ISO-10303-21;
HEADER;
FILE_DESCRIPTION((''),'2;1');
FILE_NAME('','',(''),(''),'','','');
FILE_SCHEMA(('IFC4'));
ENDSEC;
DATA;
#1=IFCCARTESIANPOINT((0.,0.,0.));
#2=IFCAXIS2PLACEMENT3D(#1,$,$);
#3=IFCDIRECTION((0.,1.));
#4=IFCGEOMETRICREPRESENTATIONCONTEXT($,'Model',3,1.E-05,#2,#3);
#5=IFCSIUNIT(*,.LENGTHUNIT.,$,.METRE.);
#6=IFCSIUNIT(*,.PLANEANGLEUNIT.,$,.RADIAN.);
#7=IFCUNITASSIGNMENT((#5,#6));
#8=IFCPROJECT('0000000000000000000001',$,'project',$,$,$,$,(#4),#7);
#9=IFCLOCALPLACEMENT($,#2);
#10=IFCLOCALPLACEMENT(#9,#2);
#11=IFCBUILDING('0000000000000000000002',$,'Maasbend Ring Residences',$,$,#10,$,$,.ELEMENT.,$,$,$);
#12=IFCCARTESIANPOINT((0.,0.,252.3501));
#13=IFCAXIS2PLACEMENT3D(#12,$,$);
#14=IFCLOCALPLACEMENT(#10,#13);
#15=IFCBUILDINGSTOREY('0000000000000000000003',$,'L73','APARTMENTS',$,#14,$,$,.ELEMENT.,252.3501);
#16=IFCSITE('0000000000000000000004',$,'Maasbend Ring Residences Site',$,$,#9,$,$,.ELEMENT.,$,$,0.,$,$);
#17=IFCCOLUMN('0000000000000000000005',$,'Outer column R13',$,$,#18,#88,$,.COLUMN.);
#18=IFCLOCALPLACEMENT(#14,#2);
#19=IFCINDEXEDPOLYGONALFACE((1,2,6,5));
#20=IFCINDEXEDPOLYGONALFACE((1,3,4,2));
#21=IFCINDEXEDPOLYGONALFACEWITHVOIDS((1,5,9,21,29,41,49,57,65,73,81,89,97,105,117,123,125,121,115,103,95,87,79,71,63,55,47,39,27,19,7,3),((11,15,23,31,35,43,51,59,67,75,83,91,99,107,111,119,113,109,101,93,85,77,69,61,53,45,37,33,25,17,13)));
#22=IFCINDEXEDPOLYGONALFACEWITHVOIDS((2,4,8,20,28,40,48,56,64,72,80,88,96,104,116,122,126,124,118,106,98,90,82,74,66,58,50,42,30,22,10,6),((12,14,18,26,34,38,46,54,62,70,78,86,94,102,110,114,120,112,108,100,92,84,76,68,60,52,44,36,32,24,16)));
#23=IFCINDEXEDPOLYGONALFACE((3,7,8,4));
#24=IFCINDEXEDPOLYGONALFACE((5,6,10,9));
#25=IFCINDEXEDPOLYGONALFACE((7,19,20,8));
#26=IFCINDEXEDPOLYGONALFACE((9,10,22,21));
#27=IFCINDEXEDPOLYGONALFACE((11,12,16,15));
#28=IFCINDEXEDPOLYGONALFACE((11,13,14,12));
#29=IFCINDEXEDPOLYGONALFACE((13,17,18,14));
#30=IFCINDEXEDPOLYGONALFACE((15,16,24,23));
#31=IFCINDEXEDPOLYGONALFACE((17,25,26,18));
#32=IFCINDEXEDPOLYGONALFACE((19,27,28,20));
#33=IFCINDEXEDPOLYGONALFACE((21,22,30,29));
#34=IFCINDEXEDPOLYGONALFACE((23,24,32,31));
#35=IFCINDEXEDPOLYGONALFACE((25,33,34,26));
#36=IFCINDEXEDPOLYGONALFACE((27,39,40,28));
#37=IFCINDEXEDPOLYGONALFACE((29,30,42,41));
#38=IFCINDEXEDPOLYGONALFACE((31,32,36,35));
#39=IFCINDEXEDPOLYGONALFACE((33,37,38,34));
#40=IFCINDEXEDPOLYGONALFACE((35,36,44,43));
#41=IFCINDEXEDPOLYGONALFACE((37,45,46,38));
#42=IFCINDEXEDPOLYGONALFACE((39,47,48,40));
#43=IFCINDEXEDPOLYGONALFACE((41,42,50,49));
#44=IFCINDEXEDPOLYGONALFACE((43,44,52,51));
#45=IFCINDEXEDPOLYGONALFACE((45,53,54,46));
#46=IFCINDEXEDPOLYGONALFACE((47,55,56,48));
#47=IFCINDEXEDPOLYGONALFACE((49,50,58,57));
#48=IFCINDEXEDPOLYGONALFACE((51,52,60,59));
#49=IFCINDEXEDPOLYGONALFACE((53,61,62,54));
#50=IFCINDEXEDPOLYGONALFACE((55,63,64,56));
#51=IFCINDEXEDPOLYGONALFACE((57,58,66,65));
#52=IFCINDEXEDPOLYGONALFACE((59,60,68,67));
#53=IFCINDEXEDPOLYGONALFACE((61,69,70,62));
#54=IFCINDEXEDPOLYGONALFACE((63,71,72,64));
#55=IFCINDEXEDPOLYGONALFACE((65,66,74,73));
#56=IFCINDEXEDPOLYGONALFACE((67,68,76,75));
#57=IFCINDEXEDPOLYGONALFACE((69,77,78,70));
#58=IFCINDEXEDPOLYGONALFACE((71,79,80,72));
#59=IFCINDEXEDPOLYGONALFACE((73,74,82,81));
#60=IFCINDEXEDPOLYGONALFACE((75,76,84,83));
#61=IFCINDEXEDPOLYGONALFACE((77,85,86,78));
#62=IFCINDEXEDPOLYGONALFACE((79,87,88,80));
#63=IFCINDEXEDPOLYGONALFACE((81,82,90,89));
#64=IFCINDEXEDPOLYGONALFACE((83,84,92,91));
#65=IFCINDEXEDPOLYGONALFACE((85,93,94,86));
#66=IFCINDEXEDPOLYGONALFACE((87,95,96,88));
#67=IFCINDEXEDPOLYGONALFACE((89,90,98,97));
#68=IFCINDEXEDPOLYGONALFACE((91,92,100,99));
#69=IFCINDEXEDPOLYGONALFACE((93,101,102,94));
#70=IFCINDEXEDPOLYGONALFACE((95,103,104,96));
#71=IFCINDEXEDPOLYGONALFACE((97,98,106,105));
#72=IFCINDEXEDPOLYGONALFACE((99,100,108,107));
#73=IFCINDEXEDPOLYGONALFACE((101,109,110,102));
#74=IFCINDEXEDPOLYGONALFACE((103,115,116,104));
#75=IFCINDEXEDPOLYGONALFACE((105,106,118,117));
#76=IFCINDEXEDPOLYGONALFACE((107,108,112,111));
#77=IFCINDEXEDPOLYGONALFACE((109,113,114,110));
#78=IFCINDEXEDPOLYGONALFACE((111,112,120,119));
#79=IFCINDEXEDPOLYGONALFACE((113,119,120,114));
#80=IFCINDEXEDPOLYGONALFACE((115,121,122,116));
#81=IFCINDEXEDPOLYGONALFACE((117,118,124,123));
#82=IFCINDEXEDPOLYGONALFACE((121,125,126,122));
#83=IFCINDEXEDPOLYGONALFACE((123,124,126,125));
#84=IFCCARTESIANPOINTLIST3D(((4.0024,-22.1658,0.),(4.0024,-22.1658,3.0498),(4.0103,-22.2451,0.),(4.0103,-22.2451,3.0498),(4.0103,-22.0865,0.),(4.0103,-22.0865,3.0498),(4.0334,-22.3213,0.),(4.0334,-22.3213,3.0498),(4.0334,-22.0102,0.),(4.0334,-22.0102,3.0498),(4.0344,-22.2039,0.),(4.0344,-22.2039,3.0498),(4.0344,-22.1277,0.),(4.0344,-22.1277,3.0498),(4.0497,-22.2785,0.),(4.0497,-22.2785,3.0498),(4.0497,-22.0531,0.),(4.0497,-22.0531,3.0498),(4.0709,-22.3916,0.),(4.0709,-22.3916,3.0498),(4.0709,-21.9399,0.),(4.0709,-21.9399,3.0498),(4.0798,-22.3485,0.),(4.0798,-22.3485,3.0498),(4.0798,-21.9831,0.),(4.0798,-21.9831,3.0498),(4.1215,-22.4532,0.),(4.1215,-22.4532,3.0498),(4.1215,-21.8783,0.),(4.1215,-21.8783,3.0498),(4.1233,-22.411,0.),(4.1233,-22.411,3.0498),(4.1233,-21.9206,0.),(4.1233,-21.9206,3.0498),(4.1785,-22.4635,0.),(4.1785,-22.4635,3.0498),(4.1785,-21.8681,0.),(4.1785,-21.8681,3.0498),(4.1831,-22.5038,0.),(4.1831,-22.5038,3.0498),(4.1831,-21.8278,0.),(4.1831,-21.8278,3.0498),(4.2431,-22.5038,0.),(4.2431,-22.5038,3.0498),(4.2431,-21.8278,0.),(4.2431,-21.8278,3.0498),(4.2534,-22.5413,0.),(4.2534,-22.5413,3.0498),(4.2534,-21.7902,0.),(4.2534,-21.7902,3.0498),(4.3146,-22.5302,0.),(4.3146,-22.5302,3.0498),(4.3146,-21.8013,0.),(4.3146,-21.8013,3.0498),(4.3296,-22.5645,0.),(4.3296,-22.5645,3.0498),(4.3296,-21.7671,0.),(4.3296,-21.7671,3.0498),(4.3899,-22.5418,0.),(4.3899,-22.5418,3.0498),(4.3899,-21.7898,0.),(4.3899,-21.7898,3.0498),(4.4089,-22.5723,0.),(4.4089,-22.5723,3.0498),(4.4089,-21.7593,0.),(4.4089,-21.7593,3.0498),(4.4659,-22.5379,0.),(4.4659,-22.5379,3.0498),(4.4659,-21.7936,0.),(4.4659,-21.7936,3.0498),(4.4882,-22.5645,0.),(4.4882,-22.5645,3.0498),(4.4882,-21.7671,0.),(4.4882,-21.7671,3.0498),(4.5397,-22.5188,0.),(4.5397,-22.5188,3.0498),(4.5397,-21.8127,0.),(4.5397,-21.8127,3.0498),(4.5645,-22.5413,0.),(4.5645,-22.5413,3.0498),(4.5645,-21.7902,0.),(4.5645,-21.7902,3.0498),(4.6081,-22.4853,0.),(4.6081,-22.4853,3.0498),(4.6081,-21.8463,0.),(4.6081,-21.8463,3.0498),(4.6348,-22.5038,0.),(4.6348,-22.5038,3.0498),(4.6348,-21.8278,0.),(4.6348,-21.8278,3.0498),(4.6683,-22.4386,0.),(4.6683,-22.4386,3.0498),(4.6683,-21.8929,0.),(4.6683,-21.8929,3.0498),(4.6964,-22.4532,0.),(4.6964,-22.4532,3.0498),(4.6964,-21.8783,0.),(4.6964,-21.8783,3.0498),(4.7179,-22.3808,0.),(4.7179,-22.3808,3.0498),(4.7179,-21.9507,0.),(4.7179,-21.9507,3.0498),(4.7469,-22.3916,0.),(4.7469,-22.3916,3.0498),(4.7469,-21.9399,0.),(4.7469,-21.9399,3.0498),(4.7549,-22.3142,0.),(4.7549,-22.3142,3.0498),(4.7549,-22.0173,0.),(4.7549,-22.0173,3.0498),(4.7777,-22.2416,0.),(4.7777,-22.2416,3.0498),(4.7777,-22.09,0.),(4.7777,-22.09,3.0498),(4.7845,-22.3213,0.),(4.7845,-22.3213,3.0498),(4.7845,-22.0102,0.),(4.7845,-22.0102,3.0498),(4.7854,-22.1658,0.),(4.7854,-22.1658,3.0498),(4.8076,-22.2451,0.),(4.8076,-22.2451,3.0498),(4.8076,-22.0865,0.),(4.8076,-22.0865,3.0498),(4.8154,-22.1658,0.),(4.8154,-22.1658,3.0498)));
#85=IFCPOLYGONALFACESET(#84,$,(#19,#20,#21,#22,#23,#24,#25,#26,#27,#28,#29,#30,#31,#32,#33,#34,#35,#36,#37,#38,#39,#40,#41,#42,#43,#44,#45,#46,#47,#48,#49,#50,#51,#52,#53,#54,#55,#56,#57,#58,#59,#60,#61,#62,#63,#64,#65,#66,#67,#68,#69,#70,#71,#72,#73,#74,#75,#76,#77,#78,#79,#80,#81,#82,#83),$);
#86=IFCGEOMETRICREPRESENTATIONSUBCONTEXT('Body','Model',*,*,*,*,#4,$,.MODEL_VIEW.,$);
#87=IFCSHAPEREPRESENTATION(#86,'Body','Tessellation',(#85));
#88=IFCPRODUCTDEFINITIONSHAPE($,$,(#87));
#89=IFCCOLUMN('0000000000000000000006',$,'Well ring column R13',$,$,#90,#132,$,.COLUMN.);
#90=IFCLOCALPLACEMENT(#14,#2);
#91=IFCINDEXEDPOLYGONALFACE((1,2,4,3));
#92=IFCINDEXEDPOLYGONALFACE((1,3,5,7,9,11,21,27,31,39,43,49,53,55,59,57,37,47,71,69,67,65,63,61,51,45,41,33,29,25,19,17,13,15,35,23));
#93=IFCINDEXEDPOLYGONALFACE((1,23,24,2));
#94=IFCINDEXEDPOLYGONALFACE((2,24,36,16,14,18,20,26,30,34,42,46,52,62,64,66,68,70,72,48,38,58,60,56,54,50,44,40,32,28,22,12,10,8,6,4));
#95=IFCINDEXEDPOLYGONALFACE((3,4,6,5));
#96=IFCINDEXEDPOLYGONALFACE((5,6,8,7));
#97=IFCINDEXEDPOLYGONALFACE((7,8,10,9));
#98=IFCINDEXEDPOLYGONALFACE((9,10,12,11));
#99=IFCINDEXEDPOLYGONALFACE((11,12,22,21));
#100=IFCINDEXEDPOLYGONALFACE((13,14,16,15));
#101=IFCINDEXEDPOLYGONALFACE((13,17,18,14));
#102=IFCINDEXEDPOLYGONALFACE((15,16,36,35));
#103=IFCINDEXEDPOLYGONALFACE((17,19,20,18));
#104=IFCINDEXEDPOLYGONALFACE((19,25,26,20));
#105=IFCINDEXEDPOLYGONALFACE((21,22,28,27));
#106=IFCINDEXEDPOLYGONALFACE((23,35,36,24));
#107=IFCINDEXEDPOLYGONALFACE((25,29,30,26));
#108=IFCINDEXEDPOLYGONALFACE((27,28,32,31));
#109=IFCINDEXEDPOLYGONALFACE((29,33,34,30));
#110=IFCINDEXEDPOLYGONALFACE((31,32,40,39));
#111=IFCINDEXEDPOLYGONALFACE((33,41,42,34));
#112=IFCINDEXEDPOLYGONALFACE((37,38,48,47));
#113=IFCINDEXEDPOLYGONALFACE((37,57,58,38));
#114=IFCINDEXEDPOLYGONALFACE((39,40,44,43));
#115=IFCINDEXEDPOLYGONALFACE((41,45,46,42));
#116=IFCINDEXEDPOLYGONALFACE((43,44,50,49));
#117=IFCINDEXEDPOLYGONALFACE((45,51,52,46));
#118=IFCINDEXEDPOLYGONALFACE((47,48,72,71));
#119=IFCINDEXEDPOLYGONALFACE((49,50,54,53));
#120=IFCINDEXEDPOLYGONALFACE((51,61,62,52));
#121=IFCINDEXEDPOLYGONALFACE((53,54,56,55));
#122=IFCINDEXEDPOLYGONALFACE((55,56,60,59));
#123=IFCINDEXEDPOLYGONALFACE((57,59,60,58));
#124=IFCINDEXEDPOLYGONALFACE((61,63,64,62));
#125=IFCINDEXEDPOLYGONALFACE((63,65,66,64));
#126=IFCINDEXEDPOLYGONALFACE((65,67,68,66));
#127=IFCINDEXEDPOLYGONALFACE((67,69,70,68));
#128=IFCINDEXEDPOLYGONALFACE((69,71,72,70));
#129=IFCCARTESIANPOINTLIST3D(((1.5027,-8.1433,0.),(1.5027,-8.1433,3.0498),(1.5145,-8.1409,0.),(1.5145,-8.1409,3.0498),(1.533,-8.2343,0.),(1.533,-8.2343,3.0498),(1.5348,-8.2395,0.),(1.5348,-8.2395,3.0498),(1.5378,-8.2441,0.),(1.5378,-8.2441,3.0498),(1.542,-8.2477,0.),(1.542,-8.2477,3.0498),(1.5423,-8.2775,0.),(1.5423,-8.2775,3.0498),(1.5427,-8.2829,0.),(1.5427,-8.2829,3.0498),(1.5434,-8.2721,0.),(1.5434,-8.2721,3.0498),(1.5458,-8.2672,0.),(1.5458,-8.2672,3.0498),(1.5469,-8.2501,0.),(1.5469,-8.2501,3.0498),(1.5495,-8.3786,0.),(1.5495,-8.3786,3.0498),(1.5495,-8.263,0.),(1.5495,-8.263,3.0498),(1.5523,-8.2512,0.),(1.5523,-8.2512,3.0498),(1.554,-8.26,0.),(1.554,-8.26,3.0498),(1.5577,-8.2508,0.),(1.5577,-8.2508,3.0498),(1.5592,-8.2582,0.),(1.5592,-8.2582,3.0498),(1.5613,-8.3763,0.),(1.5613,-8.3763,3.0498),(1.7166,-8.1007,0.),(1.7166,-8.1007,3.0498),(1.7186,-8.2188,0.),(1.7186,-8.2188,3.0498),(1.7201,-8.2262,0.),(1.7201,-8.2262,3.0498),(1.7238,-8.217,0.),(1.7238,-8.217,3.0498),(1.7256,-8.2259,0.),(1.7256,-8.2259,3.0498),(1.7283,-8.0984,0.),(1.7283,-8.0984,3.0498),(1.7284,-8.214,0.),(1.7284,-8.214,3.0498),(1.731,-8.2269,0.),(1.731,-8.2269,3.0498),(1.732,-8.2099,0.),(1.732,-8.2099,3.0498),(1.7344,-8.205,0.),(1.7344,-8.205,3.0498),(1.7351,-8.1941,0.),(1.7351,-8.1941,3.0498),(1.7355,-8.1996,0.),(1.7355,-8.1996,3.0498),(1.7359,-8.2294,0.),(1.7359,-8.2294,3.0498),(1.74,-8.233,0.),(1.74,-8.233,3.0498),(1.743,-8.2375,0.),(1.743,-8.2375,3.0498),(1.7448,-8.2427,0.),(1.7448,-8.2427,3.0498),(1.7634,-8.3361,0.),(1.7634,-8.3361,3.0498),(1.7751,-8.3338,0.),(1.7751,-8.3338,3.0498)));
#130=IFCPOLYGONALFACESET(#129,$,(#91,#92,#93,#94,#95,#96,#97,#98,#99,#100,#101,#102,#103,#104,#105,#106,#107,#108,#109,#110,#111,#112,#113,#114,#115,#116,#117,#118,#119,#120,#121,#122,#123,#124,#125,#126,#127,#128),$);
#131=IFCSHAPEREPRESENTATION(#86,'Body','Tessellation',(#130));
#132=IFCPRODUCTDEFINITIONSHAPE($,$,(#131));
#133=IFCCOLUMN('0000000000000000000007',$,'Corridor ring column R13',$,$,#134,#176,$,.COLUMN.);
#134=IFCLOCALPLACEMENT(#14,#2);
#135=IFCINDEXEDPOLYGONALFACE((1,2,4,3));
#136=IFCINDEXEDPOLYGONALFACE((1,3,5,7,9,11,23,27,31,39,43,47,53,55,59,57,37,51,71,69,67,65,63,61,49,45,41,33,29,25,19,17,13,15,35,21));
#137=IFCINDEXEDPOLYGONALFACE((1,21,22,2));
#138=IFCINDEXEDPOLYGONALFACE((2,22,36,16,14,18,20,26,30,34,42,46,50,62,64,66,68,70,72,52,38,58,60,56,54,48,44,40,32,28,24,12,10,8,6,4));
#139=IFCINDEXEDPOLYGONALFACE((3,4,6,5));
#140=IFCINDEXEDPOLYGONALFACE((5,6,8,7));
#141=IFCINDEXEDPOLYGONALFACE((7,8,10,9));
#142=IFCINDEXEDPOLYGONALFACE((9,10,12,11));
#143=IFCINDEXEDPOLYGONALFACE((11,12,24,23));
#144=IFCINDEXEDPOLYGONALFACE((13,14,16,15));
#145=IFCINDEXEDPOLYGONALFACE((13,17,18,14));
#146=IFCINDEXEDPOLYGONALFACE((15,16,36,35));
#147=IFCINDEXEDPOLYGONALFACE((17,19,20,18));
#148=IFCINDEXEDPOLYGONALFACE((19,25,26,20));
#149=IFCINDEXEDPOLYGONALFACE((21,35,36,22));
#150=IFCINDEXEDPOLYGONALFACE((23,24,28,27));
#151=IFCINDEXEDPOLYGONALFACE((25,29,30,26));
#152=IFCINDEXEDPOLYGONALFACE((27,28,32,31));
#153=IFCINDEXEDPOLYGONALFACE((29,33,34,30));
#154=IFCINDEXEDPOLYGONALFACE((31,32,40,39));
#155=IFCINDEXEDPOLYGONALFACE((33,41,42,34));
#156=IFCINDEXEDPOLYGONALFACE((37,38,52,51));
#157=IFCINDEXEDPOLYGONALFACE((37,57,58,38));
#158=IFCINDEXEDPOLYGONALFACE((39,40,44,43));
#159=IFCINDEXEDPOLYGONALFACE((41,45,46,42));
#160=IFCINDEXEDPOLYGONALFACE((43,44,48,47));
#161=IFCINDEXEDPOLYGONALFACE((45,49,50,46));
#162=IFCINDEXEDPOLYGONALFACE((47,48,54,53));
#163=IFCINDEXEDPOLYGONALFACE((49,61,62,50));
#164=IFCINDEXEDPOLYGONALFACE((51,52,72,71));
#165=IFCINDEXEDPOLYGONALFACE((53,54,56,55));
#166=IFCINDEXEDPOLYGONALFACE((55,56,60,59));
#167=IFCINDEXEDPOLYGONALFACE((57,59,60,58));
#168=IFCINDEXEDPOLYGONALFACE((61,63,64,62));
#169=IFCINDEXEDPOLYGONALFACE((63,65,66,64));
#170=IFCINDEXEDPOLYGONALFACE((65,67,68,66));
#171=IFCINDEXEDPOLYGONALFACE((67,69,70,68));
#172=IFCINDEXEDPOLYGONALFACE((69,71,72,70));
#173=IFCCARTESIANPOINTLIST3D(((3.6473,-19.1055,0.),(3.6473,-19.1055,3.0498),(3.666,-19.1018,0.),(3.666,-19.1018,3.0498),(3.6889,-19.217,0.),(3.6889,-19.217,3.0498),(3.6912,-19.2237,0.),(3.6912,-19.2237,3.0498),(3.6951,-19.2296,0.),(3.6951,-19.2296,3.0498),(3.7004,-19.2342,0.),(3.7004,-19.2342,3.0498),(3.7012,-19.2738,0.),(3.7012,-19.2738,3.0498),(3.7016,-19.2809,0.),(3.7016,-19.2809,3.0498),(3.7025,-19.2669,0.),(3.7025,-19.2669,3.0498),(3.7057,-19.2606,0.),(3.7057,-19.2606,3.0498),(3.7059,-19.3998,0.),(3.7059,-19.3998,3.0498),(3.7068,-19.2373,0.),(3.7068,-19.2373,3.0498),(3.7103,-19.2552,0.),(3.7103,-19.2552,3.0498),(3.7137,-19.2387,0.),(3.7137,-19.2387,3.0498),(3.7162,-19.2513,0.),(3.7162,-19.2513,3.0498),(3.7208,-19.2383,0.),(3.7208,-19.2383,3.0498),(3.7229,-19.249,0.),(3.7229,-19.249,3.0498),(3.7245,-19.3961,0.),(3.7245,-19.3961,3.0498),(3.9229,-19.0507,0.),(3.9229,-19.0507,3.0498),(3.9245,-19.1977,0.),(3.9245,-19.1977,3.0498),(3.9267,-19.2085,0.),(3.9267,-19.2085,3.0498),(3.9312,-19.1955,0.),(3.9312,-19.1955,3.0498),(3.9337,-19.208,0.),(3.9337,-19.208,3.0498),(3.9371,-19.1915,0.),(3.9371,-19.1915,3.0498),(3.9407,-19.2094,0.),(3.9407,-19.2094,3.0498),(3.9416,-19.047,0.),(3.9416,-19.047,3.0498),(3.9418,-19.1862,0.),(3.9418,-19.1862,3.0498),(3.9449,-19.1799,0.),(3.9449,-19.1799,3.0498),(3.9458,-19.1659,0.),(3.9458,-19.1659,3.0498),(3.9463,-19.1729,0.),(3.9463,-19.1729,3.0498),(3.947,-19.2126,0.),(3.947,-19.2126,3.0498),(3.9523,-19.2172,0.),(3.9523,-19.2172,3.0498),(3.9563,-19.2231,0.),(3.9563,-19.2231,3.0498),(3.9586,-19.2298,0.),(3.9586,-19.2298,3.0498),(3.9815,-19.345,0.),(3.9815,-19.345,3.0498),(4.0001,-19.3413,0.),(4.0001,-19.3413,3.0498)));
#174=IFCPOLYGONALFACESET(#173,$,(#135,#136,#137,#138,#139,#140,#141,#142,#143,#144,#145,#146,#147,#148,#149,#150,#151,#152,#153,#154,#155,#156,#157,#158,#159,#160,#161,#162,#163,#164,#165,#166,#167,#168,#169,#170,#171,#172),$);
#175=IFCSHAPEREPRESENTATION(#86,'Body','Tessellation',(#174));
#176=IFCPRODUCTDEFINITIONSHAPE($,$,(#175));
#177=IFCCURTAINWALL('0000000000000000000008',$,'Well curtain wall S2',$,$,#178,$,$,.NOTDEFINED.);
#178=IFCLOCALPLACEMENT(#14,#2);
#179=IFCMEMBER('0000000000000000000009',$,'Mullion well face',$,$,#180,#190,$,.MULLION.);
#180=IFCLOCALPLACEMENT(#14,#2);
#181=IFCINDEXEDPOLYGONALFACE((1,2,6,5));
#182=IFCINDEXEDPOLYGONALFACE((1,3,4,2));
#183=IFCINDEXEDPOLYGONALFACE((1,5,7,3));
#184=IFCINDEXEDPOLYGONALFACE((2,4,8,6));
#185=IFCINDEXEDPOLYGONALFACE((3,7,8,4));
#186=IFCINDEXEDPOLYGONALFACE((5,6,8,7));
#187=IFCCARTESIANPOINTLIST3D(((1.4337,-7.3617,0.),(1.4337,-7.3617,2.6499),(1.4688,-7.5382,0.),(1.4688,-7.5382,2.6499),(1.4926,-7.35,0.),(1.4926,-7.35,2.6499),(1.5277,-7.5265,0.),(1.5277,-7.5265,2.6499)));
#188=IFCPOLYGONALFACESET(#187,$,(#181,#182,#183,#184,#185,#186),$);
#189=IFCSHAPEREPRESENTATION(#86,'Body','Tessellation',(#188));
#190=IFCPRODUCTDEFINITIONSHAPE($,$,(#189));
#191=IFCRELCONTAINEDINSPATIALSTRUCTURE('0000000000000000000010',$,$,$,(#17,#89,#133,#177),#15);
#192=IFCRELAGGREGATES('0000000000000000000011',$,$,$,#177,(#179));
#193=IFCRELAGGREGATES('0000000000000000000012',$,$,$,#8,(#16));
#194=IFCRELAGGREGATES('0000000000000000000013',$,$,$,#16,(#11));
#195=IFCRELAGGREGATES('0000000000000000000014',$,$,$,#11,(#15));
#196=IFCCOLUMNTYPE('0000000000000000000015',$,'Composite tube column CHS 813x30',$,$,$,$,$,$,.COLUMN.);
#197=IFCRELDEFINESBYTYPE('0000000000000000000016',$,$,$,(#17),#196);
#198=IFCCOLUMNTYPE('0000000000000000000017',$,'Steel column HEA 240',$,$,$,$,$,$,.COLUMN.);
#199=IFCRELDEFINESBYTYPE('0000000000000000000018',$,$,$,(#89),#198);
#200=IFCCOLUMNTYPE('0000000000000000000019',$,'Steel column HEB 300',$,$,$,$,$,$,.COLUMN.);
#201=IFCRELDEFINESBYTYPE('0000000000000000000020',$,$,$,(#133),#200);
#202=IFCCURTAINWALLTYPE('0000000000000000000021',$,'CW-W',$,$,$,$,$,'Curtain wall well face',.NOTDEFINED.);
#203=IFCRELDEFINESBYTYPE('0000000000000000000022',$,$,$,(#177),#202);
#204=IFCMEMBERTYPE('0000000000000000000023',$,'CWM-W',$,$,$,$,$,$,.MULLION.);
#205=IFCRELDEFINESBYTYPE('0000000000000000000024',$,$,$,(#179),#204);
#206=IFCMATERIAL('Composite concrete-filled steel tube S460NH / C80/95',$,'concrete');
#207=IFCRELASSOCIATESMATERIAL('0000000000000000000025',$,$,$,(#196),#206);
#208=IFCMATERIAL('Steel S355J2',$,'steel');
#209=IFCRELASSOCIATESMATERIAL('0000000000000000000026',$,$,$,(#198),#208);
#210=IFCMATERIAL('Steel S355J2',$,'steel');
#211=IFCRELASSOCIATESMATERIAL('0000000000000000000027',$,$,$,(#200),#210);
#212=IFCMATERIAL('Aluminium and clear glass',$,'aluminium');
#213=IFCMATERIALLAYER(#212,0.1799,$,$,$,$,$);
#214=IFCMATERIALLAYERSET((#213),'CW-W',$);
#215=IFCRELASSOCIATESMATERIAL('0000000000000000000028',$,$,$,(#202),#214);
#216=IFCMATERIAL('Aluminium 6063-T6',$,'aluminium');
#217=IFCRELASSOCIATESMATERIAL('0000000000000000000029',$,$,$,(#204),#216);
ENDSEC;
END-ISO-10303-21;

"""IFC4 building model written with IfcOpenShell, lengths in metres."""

from ifc_helpers import new_model, si_unit, direction, frame, origin, origin_2d, place, context, subcontext, project, spatial, rectangle, hollow_circle, i_section, extrude, material, layer, layer_set, material_profile, profile_set, type_object, element, aggregate, save


model = new_model("IFC4")

# Units and contexts
model_context = context("Model", 3, precision=1e-05, world=origin(), true_north=direction((0.0, 1.0)))
body_context = subcontext(model_context, "Body", "Model", "MODEL_VIEW")
ifc_project = project(units=[si_unit("LENGTHUNIT", "METRE"), si_unit("PLANEANGLEUNIT", "RADIAN")], contexts=[model_context])

# Site, building, storey
site_placement = place(None, origin())
site = spatial("IfcSite", under=ifc_project, at=site_placement, Name="Maasbend Ring Residences Site", CompositionType="ELEMENT", RefElevation=0.0)
building_placement = place(site_placement, origin())
building = spatial("IfcBuilding", under=site, at=building_placement, Name="Maasbend Ring Residences", CompositionType="ELEMENT")
storey_placement = place(building_placement, frame((0.0, 0.0, 252.3501)))
storey = spatial("IfcBuildingStorey", under=building, at=storey_placement, Name="L73", Description="APARTMENTS", CompositionType="ELEMENT", Elevation=252.3501)

# Columns
ifc_material_1 = material(Name="Composite concrete-filled steel tube S460NH / C80/95", Category="concrete")
ifc_material_profile_1 = material_profile(ifc_material_1, hollow_circle(Radius=0.4065, WallThickness=0.03, at=origin_2d()), Name="Composite tube column CHS 813x30")
ifc_profile_set_1 = profile_set([ifc_material_profile_1], Name="Composite concrete-filled steel tube S460NH / C80/95")
column_type_1 = type_object("IfcColumnType", Name="Composite tube column CHS 813x30", PredefinedType="COLUMN", material=ifc_profile_set_1)
column_1_placement = place(storey_placement, frame((4.4089, -22.1658, 0.0), z_axis=(0.0, 0.0, 1.0), x_axis=(1.0, 0.0, 0.0)))
element("IfcColumn", 1, at=column_1_placement, inside=storey, type_object=column_type_1, Name="Outer column R13", PredefinedType="COLUMN", context=body_context, shape_type="SweptSolid", body=[
    extrude(hollow_circle(Radius=0.4065, WallThickness=0.03, at=origin_2d()), origin(), (0.0, 0.0, 1.0), 3.0498),
])
ifc_material_2 = material(Name="Steel S355J2", Category="steel")
ifc_material_profile_2 = material_profile(ifc_material_2, i_section(OverallWidth=0.24, OverallDepth=0.23, WebThickness=0.0076, FlangeThickness=0.012, FilletRadius=0.021, at=origin_2d()), Name="HEA 240")
ifc_profile_set_2 = profile_set([ifc_material_profile_2], Name="Steel S355J2")
column_type_2 = type_object("IfcColumnType", Name="Steel column HEA 240", PredefinedType="COLUMN", material=ifc_profile_set_2)
column_2_placement = place(storey_placement, frame((1.6389, -8.2385, 0.0), z_axis=(0.0, 0.0, 1.0), x_axis=(0.19509, -0.980785, 0.0)))
element("IfcColumn", 2, at=column_2_placement, inside=storey, type_object=column_type_2, Name="Well ring column R13", PredefinedType="COLUMN", context=body_context, shape_type="SweptSolid", body=[
    extrude(i_section(OverallWidth=0.24, OverallDepth=0.23, WebThickness=0.0076, FlangeThickness=0.012, FilletRadius=0.021, at=origin_2d()), origin(), (0.0, 0.0, 1.0), 3.0498),
])
ifc_material_3 = material(Name="Steel S355J2", Category="steel")
ifc_material_profile_3 = material_profile(ifc_material_3, i_section(OverallWidth=0.3, OverallDepth=0.3, WebThickness=0.011, FlangeThickness=0.019, FilletRadius=0.0271, at=origin_2d()), Name="HEB 300")
ifc_profile_set_3 = profile_set([ifc_material_profile_3], Name="Steel S355J2")
column_type_3 = type_object("IfcColumnType", Name="Steel column HEB 300", PredefinedType="COLUMN", material=ifc_profile_set_3)
column_3_placement = place(storey_placement, frame((3.8237, -19.2234, 0.0), z_axis=(0.0, 0.0, 1.0), x_axis=(0.19509, -0.980785, 0.0)))
element("IfcColumn", 3, at=column_3_placement, inside=storey, type_object=column_type_3, Name="Corridor ring column R13", PredefinedType="COLUMN", context=body_context, shape_type="SweptSolid", body=[
    extrude(i_section(OverallWidth=0.3, OverallDepth=0.3, WebThickness=0.011, FlangeThickness=0.019, FilletRadius=0.0271, at=origin_2d()), origin(), (0.0, 0.0, 1.0), 3.0498),
])

# Curtain wall, member
ifc_material_4 = material(Name="Aluminium and clear glass", Category="aluminium")
ifc_layer_1 = layer(ifc_material_4, 0.1799)
ifc_layer_set_1 = layer_set([ifc_layer_1], Name="CW-W")
curtain_wall_type = type_object("IfcCurtainWallType", Name="CW-W", ElementType="Curtain wall well face", PredefinedType="NOTDEFINED", material=ifc_layer_set_1)
curtain_wall_placement = place(storey_placement, origin())
curtain_wall = element("IfcCurtainWall", 4, at=curtain_wall_placement, inside=storey, type_object=curtain_wall_type, Name="Well curtain wall S2", PredefinedType="NOTDEFINED")
ifc_material_5 = material(Name="Aluminium 6063-T6", Category="aluminium")
ifc_material_profile_4 = material_profile(ifc_material_5, rectangle(XDim=0.1799, YDim=0.0601, at=origin_2d()), Name="AL 180x60")
ifc_profile_set_4 = profile_set([ifc_material_profile_4], Name="Aluminium 6063-T6")
member_type = type_object("IfcMemberType", Name="CWM-W", PredefinedType="MULLION", material=ifc_profile_set_4)
member_placement = place(storey_placement, frame((1.4807, -7.4441, 0.0), z_axis=(0.0, 0.0, 1.0), x_axis=(-0.19509, 0.980785, 0.0)))
member = element("IfcMember", 5, at=member_placement, type_object=member_type, Name="Mullion well face", PredefinedType="MULLION", context=body_context, shape_type="SweptSolid", body=[
    extrude(rectangle(XDim=0.1799, YDim=0.0601, at=origin_2d()), origin(), (0.0, 0.0, 1.0), 2.6499),
])
aggregate(curtain_wall, [member])

save(model, "model.ifc")
